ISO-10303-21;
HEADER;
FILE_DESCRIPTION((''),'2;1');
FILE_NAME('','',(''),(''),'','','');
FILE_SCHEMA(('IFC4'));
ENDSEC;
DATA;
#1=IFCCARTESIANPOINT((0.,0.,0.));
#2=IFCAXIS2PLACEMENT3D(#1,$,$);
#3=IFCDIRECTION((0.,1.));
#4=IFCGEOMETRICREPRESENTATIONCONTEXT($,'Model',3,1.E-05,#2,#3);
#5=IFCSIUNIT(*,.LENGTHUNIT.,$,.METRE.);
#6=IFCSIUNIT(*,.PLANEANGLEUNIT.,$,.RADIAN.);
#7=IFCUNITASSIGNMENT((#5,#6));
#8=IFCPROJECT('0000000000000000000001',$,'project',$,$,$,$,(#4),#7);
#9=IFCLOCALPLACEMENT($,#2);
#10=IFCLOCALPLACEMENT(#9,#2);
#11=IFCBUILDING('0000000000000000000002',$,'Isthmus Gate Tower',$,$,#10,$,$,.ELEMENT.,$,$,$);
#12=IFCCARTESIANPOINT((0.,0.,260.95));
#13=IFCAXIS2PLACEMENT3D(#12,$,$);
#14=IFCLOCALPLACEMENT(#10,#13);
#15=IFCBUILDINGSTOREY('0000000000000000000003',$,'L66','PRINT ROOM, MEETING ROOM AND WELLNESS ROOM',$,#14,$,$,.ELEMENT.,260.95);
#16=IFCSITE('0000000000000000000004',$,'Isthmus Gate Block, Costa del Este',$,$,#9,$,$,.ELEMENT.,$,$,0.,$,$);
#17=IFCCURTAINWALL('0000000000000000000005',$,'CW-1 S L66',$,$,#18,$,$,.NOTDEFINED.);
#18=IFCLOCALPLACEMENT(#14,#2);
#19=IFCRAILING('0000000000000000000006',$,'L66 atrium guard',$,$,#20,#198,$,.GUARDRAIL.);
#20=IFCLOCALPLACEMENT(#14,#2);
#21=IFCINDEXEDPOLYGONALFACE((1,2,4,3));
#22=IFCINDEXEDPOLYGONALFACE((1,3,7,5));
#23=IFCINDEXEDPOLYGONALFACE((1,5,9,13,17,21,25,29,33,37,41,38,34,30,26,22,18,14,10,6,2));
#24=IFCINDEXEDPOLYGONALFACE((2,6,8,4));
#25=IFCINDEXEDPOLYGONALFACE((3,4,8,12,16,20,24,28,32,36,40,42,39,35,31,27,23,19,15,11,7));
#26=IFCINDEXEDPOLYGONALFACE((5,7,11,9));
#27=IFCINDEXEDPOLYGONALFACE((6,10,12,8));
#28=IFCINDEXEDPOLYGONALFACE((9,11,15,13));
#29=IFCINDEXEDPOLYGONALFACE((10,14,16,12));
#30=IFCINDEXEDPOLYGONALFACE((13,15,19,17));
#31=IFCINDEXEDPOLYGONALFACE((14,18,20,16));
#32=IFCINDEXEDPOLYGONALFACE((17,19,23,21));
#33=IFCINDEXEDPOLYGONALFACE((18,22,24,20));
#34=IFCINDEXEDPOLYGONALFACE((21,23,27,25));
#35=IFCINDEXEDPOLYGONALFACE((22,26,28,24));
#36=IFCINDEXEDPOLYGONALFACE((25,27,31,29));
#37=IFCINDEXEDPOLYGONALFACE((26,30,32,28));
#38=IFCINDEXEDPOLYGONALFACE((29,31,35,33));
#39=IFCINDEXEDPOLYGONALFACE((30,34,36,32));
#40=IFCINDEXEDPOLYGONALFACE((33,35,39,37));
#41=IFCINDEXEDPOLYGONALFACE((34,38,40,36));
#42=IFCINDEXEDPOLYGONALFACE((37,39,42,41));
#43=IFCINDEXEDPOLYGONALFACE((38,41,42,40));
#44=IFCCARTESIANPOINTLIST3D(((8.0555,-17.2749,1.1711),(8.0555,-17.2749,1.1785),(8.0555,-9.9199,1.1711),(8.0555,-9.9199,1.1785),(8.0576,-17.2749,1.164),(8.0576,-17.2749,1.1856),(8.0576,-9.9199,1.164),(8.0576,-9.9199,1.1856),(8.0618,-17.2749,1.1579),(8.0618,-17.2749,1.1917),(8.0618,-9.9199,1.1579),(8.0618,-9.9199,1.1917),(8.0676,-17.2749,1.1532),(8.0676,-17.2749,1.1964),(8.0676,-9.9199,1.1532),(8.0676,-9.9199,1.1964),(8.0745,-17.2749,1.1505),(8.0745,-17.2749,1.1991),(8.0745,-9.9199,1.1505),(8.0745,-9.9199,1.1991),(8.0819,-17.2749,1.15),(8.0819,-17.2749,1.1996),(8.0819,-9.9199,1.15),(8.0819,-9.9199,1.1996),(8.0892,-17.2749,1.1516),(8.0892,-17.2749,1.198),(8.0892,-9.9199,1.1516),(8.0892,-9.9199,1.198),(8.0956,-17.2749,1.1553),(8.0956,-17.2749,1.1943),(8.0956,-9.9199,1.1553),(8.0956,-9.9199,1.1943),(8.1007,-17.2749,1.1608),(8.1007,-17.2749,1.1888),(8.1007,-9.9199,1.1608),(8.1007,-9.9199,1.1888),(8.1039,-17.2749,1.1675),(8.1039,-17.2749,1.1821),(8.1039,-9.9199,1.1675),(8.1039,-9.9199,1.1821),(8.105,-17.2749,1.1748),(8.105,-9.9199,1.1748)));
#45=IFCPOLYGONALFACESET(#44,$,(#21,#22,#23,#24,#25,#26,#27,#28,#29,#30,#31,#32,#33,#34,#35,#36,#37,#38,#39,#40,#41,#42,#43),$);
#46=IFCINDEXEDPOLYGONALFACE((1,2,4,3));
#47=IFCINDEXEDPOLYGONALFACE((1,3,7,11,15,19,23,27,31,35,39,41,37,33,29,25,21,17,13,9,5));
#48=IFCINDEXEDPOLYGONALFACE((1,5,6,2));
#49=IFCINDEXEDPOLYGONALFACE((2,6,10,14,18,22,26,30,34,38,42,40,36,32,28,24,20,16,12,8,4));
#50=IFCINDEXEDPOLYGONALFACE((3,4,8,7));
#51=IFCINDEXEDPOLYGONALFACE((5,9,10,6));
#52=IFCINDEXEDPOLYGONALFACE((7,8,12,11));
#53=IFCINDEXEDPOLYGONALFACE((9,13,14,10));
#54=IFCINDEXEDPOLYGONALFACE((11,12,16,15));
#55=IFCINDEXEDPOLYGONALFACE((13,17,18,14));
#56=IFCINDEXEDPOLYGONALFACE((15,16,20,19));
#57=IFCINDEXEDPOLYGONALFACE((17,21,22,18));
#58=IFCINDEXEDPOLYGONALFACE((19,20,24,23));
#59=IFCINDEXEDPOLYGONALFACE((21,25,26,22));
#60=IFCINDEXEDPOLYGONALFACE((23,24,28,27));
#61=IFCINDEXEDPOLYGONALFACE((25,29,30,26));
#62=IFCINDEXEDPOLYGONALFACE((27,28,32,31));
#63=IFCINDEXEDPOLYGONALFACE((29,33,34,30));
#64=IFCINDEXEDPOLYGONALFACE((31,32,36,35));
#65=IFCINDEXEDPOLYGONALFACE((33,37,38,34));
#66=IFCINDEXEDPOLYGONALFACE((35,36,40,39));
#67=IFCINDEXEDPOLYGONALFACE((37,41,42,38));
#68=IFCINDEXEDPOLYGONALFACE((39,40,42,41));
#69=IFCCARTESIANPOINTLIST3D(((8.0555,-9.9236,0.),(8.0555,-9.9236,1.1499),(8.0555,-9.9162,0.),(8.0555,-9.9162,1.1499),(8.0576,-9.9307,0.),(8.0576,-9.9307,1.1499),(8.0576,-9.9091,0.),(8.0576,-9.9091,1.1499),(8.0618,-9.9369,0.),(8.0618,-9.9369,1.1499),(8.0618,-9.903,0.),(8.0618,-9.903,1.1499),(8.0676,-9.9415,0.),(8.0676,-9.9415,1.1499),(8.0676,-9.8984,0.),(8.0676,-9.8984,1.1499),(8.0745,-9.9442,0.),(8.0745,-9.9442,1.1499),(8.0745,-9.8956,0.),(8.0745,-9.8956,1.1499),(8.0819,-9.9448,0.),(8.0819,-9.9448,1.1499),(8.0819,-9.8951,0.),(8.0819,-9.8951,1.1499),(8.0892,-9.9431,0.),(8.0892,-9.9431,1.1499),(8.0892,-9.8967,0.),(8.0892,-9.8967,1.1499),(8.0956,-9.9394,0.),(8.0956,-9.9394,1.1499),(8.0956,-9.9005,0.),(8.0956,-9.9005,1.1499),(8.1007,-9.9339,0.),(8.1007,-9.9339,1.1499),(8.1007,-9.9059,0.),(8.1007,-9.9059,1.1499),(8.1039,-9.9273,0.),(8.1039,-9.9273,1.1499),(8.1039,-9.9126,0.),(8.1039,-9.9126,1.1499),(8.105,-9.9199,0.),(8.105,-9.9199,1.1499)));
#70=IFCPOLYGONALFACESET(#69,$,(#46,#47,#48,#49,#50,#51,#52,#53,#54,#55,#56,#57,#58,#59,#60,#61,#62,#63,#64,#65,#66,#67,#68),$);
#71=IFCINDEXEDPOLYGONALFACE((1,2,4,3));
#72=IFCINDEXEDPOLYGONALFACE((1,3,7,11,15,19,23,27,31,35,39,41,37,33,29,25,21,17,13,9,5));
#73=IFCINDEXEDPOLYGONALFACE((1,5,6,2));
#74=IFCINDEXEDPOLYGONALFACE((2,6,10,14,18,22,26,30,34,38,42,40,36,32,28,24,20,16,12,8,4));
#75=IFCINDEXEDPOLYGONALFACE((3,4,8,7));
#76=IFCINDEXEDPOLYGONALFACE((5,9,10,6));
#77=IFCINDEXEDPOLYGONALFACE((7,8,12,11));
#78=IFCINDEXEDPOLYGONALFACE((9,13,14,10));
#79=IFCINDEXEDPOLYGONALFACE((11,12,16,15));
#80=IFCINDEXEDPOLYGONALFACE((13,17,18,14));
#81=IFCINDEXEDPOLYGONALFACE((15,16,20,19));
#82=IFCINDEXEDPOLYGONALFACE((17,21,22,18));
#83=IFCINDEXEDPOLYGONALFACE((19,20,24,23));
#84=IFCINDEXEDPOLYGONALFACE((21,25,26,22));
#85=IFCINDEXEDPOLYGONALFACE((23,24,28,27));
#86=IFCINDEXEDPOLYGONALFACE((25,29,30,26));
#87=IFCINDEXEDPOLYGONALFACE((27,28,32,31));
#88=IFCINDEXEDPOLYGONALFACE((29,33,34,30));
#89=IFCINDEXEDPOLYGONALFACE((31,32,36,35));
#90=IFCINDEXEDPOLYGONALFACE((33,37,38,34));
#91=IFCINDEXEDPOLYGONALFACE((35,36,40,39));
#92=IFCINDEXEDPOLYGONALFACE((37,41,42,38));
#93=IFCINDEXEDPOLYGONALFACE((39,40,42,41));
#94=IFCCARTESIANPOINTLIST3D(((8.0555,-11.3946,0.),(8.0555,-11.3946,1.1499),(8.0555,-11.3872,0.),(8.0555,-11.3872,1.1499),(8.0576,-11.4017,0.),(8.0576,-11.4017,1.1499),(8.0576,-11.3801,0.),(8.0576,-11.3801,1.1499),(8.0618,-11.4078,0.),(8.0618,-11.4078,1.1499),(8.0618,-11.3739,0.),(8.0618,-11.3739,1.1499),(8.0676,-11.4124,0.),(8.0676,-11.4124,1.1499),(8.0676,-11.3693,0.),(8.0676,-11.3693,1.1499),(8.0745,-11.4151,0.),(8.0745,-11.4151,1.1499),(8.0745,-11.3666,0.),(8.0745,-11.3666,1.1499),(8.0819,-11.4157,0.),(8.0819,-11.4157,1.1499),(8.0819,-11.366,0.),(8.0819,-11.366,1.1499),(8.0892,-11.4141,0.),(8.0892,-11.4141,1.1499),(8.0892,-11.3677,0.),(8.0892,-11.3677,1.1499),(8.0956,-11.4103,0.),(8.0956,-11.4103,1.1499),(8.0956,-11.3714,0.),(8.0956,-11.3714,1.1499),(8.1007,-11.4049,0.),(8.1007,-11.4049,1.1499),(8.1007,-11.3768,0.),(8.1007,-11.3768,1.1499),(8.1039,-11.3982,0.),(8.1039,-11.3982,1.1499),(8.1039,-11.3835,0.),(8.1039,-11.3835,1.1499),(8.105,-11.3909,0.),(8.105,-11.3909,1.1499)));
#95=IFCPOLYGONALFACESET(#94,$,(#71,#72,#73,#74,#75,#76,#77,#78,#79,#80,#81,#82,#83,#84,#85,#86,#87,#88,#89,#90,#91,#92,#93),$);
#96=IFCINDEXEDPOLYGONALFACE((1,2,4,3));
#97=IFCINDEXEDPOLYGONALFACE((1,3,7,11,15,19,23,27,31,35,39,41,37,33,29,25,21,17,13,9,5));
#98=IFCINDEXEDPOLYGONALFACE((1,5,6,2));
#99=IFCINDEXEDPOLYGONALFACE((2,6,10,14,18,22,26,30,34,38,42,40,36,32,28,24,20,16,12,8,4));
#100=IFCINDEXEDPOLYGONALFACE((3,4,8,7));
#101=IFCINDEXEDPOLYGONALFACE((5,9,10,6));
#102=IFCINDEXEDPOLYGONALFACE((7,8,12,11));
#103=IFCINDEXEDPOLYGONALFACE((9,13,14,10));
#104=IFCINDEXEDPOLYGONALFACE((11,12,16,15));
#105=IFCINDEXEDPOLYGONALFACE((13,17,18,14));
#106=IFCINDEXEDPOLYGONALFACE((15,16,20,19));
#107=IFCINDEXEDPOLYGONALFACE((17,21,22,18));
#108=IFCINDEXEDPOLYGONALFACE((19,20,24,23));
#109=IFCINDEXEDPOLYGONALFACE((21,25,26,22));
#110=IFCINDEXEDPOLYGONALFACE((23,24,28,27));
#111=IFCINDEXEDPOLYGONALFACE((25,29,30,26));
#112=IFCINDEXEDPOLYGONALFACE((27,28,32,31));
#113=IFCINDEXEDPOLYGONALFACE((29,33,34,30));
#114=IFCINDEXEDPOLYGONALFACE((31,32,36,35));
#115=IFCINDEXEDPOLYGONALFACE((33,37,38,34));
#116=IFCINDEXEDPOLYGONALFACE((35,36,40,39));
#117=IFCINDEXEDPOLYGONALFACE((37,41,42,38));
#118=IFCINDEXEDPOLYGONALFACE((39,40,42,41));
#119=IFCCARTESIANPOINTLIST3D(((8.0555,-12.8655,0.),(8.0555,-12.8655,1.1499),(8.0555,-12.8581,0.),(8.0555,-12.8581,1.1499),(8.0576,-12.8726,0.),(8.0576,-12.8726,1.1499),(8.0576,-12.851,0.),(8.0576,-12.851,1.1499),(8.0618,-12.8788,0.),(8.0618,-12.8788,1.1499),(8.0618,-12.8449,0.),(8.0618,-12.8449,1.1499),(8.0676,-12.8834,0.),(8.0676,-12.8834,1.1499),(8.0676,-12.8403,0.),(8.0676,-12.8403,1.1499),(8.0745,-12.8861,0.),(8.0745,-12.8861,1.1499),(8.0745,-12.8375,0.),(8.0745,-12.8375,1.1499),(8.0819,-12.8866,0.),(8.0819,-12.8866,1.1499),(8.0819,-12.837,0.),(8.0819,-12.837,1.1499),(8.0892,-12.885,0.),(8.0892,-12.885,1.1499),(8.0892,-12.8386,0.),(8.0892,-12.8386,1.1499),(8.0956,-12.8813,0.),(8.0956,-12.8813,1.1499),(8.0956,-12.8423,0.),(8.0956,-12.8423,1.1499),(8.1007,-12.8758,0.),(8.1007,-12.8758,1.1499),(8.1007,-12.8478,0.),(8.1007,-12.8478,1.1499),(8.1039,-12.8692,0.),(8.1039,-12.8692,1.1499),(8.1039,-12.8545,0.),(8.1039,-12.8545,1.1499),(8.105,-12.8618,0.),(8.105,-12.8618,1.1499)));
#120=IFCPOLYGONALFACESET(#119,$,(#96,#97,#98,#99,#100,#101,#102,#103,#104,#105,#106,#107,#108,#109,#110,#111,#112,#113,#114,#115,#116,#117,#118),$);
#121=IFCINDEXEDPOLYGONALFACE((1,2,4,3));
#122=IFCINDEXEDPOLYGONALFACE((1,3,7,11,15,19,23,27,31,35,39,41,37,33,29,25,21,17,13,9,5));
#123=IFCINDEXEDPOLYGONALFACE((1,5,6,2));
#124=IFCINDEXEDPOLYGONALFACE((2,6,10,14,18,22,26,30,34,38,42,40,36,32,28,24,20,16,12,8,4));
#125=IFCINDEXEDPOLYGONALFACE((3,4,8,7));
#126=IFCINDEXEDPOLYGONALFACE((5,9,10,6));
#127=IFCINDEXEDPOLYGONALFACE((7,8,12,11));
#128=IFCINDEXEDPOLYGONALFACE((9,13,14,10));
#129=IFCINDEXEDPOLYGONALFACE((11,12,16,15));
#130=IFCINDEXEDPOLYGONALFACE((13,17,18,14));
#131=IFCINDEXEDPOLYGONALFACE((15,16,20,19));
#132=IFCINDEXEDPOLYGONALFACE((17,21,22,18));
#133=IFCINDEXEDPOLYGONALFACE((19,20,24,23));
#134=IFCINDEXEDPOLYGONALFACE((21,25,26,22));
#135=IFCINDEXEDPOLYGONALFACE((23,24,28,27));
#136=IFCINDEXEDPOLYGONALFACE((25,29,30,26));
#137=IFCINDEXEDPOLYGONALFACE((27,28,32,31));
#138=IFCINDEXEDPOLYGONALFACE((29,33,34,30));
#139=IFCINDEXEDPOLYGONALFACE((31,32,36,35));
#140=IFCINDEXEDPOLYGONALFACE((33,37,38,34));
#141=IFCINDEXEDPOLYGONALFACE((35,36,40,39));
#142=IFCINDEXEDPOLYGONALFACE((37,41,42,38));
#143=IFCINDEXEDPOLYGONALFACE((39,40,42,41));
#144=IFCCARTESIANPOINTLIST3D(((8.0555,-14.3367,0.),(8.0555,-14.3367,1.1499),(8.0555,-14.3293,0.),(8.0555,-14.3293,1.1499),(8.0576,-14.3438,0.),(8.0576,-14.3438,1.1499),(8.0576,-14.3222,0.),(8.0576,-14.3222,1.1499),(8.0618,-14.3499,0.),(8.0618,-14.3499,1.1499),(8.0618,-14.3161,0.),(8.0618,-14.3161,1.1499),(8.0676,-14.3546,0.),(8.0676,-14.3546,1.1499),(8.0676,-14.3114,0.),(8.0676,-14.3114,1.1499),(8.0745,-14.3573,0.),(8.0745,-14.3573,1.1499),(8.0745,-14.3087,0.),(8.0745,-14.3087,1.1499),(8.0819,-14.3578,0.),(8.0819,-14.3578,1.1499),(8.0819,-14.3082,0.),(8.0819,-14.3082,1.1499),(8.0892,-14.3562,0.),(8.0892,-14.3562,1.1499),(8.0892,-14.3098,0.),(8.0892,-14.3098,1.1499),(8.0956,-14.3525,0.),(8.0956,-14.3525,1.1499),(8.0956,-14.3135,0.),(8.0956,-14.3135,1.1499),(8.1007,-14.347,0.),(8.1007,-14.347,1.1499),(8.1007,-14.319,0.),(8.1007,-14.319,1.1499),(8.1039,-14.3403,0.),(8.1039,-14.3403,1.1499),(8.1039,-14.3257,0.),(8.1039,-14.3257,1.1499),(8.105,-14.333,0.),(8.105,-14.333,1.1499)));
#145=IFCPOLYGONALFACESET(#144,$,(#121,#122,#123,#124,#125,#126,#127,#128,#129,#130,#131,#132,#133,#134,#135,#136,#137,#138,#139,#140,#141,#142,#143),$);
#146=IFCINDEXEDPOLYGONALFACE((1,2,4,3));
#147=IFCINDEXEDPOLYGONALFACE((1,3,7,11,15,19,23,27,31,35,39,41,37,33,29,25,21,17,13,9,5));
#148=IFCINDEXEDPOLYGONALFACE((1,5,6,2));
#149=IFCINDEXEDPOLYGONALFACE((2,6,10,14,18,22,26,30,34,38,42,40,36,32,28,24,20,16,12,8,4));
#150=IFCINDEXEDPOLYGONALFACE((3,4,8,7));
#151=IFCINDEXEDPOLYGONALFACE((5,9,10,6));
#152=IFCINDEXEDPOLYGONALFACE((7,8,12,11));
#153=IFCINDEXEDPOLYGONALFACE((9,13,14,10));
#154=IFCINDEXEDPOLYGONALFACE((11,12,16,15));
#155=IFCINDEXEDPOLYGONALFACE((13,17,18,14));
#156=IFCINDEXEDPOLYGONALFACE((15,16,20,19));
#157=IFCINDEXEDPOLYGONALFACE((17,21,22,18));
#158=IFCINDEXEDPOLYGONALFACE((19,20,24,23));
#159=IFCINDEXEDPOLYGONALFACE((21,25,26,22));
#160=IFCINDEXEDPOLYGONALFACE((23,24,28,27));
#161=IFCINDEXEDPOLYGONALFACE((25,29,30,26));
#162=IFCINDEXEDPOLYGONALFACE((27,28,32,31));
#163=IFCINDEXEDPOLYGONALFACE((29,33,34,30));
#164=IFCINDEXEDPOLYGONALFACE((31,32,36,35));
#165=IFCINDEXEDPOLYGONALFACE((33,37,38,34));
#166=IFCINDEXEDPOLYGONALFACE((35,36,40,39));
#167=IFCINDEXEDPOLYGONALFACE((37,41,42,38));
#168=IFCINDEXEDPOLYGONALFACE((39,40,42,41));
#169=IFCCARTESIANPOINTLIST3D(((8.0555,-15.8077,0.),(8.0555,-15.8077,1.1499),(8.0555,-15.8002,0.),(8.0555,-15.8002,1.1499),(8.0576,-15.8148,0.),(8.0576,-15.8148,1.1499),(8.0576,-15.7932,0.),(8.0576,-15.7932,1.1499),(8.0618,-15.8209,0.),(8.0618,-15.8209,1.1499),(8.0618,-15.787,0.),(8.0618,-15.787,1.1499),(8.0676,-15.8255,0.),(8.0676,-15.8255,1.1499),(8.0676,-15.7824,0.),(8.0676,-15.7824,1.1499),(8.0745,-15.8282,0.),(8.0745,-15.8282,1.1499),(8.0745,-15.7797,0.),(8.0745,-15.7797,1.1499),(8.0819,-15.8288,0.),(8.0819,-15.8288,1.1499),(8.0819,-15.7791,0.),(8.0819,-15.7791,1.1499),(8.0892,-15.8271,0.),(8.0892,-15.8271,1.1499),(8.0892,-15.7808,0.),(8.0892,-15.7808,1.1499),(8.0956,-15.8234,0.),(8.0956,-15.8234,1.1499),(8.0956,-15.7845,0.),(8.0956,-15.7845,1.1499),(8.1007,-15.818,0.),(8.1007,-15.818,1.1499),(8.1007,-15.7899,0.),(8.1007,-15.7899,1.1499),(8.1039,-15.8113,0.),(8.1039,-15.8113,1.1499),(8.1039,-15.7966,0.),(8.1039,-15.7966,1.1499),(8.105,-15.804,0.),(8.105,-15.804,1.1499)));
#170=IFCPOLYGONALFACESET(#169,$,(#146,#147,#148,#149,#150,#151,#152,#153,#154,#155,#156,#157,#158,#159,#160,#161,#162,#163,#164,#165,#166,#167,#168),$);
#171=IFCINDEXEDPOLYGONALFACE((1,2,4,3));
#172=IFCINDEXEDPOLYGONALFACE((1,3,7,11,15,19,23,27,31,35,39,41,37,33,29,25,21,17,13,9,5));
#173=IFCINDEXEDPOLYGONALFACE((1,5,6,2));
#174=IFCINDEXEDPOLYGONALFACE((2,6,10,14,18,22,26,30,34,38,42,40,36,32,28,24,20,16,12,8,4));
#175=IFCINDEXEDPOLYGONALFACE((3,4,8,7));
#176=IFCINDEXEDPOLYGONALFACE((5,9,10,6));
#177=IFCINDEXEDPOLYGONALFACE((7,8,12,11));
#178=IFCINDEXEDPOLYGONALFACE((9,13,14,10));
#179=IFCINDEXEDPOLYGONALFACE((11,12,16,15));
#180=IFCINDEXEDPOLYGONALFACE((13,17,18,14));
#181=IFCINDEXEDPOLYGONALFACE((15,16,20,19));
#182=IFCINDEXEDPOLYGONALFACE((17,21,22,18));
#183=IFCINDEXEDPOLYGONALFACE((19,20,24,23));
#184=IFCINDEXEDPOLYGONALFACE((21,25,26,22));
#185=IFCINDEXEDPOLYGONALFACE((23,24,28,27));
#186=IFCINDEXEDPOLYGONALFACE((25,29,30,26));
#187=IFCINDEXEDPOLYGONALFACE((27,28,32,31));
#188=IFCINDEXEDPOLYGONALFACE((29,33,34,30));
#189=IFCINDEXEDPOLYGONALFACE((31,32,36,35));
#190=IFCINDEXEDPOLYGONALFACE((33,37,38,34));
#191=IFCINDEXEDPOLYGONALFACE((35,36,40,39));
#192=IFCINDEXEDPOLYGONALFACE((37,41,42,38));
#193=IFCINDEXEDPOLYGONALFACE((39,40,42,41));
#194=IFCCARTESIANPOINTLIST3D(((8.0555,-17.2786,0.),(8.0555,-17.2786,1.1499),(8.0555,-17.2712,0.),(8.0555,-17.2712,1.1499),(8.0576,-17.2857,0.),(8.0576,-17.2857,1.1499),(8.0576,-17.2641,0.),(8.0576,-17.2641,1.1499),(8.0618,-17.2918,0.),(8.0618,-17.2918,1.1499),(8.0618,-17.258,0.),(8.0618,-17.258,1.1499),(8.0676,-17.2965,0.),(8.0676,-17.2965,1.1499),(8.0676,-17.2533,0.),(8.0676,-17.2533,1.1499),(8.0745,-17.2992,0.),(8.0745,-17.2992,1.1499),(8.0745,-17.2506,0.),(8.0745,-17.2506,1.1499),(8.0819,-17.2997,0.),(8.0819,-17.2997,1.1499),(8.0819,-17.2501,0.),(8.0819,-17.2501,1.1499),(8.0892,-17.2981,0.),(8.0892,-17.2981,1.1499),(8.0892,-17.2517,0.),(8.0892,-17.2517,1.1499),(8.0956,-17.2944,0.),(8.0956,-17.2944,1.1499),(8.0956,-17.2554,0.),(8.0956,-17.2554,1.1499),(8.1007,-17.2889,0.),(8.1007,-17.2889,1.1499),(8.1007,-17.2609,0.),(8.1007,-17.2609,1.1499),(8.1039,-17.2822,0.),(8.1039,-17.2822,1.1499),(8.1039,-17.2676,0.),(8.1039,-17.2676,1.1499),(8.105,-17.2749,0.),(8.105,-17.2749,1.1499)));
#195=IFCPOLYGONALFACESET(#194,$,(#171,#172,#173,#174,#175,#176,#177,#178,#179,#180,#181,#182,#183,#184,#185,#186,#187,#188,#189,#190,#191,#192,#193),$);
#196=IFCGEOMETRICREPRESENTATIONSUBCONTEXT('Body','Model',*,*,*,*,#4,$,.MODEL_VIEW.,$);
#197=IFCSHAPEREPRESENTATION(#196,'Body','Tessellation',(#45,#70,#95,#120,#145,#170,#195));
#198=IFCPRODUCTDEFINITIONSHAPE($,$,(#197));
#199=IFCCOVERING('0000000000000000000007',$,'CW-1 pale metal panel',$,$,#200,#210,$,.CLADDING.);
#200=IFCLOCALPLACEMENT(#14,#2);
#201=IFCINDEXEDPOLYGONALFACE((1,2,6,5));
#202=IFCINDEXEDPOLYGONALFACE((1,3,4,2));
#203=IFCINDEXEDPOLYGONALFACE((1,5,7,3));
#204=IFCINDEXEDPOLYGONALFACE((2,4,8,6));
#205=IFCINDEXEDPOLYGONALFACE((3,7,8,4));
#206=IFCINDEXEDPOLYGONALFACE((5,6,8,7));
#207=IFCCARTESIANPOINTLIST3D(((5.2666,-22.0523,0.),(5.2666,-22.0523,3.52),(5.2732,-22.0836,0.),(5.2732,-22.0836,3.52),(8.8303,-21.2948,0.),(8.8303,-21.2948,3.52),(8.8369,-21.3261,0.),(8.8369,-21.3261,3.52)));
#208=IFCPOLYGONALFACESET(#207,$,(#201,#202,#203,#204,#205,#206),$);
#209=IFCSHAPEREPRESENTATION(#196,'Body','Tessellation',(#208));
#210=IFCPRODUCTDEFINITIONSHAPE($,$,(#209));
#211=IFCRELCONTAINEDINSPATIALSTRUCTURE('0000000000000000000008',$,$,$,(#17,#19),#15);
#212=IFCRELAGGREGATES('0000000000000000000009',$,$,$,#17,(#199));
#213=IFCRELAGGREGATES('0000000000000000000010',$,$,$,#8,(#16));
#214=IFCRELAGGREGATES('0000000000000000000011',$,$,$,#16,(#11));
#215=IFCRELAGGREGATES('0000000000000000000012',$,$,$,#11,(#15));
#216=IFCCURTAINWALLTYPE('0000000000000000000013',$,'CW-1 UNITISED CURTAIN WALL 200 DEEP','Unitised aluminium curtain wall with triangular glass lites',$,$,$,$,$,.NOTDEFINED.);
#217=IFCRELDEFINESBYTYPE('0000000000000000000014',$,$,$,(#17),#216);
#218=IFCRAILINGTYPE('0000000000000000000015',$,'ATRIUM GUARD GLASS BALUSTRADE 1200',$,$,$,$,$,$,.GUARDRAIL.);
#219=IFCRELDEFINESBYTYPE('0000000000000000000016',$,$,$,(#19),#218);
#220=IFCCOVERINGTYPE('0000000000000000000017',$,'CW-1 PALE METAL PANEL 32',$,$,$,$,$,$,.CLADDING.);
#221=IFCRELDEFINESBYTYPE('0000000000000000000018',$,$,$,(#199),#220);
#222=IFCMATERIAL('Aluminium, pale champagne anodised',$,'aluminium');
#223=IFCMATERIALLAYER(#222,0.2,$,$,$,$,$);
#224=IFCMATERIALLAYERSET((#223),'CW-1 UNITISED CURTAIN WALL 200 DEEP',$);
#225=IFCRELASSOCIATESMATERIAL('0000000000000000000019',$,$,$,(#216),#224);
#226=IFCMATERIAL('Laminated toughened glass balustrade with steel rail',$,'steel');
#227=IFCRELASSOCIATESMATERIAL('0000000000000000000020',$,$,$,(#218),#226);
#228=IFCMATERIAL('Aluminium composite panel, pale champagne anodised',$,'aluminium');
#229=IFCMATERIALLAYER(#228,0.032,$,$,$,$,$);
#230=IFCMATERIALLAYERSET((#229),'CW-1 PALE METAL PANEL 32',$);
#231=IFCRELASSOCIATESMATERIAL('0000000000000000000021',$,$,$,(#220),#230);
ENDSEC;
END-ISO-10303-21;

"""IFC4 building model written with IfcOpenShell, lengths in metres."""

from ifc_helpers import new_model, si_unit, direction, frame, origin, origin_2d, place, context, subcontext, project, spatial, rectangle, circle, extrude, material, layer, layer_set, type_object, element, aggregate, save


model = new_model("IFC4")

# Units and contexts
model_context = context("Model", 3, precision=1e-05, world=origin(), true_north=direction((0.0, 1.0)))
body_context = subcontext(model_context, "Body", "Model", "MODEL_VIEW")
ifc_project = project(units=[si_unit("LENGTHUNIT", "METRE"), si_unit("PLANEANGLEUNIT", "RADIAN")], contexts=[model_context])

# Site, building, storey
site_placement = place(None, origin())
site = spatial("IfcSite", under=ifc_project, at=site_placement, Name="Isthmus Gate Block, Costa del Este", CompositionType="ELEMENT", RefElevation=0.0)
building_placement = place(site_placement, origin())
building = spatial("IfcBuilding", under=site, at=building_placement, Name="Isthmus Gate Tower", CompositionType="ELEMENT")
storey_placement = place(building_placement, frame((0.0, 0.0, 260.95)))
storey = spatial("IfcBuildingStorey", under=building, at=storey_placement, Name="L66", Description="PRINT ROOM, MEETING ROOM AND WELLNESS ROOM", CompositionType="ELEMENT", Elevation=260.95)

# Curtain wall
ifc_material_1 = material(Name="Aluminium, pale champagne anodised", Category="aluminium")
ifc_layer_1 = layer(ifc_material_1, 0.2)
ifc_layer_set_1 = layer_set([ifc_layer_1], Name="CW-1 UNITISED CURTAIN WALL 200 DEEP")
curtain_wall_type = type_object("IfcCurtainWallType", Name="CW-1 UNITISED CURTAIN WALL 200 DEEP", Description="Unitised aluminium curtain wall with triangular glass lites", PredefinedType="NOTDEFINED", material=ifc_layer_set_1)
curtain_wall_placement = place(storey_placement, origin())
curtain_wall = element("IfcCurtainWall", 1, at=curtain_wall_placement, inside=storey, type_object=curtain_wall_type, Name="CW-1 S L66", PredefinedType="NOTDEFINED")

# Railing
ifc_material_2 = material(Name="Laminated toughened glass balustrade with steel rail", Category="steel")
railing_type = type_object("IfcRailingType", Name="ATRIUM GUARD GLASS BALUSTRADE 1200", PredefinedType="GUARDRAIL", material=ifc_material_2)
railing_1_placement = place(storey_placement, frame((8.0801, -9.9199, 0.0)))
element("IfcRailing", 2, at=railing_1_placement, inside=storey, type_object=railing_type, Name="L66 atrium guard", PredefinedType="GUARDRAIL", context=body_context, shape_type="SweptSolid", body=[
    extrude(circle(Radius=0.0249, at=origin_2d()), frame((0.0, 0.0, 1.1748), z_axis=(0.0, -1.0, 0.0), x_axis=(1.0, 0.0, 0.0)), (0.0, 0.0, 1.0), 7.355),
    extrude(circle(Radius=0.0249, at=origin_2d()), origin(), (0.0, 0.0, 1.0), 1.1499),
    extrude(circle(Radius=0.0249, at=origin_2d()), frame((0.0, -1.4709, 0.0)), (0.0, 0.0, 1.0), 1.1499),
    extrude(circle(Radius=0.0249, at=origin_2d()), frame((0.0, -2.9419, 0.0)), (0.0, 0.0, 1.0), 1.1499),
    extrude(circle(Radius=0.0249, at=origin_2d()), frame((0.0, -4.4131, 0.0)), (0.0, 0.0, 1.0), 1.1499),
    extrude(circle(Radius=0.0249, at=origin_2d()), frame((0.0, -5.884, 0.0)), (0.0, 0.0, 1.0), 1.1499),
    extrude(circle(Radius=0.0249, at=origin_2d()), frame((0.0, -7.355, 0.0)), (0.0, 0.0, 1.0), 1.1499),
])

# Covering
ifc_material_3 = material(Name="Aluminium composite panel, pale champagne anodised", Category="aluminium")
ifc_layer_2 = layer(ifc_material_3, 0.032)
ifc_layer_set_2 = layer_set([ifc_layer_2], Name="CW-1 PALE METAL PANEL 32")
covering_type_1 = type_object("IfcCoveringType", Name="CW-1 PALE METAL PANEL 32", PredefinedType="CLADDING", material=ifc_layer_set_2)
covering_1_placement = place(storey_placement, frame((7.0518, -21.6892, 0.0), z_axis=(0.0, 0.0, 1.0), x_axis=(0.978148, 0.207912, 0.0)))
covering_1 = element("IfcCovering", 3, at=covering_1_placement, type_object=covering_type_1, Name="CW-1 pale metal panel", PredefinedType="CLADDING", context=body_context, shape_type="SweptSolid", body=[
    extrude(rectangle(XDim=3.6433, YDim=0.032, at=origin_2d()), origin(), (0.0, 0.0, 1.0), 3.52),
])
aggregate(curtain_wall, [covering_1])

save(model, "model.ifc")
